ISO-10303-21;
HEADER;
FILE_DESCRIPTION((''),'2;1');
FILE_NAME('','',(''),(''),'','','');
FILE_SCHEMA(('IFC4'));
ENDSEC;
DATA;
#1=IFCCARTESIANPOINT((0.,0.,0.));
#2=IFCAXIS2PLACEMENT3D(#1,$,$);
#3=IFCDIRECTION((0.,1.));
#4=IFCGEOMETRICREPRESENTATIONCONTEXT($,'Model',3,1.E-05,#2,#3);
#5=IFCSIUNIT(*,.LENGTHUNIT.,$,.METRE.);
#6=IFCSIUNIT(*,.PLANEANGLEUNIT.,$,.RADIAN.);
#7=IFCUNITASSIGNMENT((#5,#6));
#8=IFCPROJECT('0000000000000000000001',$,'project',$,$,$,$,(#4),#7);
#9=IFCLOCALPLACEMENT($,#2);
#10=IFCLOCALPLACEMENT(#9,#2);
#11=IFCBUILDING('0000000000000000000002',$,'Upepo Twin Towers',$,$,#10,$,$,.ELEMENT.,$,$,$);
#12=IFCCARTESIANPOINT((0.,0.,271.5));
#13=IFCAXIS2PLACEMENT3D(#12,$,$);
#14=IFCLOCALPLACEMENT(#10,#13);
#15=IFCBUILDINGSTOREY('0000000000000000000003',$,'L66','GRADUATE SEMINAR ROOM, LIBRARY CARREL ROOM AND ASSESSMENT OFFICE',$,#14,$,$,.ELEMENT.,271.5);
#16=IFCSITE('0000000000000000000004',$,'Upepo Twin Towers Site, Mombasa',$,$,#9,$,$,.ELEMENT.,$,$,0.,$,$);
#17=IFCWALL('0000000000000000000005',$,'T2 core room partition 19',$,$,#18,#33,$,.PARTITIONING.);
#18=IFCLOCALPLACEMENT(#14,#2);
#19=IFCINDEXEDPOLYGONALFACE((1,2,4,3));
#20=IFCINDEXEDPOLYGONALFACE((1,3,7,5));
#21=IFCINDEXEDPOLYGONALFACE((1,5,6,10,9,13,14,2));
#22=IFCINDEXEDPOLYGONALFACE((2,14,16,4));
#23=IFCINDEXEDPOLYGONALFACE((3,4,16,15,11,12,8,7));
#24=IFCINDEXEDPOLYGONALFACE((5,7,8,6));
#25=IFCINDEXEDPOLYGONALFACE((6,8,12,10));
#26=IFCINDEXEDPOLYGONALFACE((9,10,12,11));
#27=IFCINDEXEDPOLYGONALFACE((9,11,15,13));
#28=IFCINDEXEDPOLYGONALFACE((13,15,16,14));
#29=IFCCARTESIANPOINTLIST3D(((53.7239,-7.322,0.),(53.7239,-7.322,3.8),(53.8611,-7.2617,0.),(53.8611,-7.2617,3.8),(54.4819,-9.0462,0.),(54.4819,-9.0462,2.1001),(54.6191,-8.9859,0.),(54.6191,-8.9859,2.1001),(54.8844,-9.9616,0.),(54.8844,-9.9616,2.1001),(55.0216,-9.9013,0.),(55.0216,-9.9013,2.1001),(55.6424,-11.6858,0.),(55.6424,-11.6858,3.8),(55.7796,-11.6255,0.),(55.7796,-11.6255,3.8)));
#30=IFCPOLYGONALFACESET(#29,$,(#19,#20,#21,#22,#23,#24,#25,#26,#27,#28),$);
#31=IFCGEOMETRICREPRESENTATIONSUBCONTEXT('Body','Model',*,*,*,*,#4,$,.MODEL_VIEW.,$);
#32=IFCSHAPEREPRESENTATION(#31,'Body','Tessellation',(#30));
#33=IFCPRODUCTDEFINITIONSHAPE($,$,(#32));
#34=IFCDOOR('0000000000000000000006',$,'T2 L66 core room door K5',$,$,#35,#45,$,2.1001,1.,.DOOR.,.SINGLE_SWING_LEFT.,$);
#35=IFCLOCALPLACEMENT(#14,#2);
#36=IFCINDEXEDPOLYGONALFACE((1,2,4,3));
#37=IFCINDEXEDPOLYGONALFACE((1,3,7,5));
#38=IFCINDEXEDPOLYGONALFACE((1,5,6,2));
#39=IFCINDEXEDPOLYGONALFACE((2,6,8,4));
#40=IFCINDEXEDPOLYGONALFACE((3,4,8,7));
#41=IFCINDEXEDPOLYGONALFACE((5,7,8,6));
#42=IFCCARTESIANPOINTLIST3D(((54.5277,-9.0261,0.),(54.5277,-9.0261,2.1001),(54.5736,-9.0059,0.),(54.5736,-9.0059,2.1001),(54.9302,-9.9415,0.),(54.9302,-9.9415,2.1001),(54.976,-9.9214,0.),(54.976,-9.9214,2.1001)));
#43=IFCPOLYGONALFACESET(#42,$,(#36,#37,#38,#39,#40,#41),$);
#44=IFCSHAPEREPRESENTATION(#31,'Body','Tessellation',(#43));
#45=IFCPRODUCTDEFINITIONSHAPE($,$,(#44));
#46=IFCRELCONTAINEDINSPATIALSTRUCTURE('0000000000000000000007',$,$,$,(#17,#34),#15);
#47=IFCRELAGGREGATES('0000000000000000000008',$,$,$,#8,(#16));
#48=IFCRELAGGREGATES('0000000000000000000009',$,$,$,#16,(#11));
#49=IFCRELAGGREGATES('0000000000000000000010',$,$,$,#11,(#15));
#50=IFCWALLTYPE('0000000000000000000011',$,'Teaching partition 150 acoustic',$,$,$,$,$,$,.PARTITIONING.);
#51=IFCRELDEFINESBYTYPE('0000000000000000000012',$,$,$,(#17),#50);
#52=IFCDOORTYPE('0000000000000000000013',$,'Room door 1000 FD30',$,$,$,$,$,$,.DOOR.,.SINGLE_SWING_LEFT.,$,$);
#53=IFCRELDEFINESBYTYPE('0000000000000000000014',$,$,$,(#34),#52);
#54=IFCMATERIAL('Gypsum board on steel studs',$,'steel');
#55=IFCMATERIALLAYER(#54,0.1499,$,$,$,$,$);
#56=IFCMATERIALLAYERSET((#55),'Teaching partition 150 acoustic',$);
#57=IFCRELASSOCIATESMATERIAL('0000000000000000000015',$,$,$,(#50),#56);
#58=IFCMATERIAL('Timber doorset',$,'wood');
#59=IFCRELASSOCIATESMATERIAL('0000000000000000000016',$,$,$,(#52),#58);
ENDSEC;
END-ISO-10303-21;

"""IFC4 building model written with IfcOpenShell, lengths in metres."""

from ifc_helpers import new_model, si_unit, direction, frame, frame_2d, origin, place, context, subcontext, project, spatial, rectangle, extrude, material, layer, layer_set, type_object, element, fill, save


model = new_model("IFC4")

# Units and contexts
model_context = context("Model", 3, precision=1e-05, world=origin(), true_north=direction((0.0, 1.0)))
body_context = subcontext(model_context, "Body", "Model", "MODEL_VIEW")
ifc_project = project(units=[si_unit("LENGTHUNIT", "METRE"), si_unit("PLANEANGLEUNIT", "RADIAN")], contexts=[model_context])

# Site, building, storey
site_placement = place(None, origin())
site = spatial("IfcSite", under=ifc_project, at=site_placement, Name="Upepo Twin Towers Site, Mombasa", CompositionType="ELEMENT", RefElevation=0.0)
building_placement = place(site_placement, origin())
building = spatial("IfcBuilding", under=site, at=building_placement, Name="Upepo Twin Towers", CompositionType="ELEMENT")
storey_placement = place(building_placement, frame((0.0, 0.0, 271.5)))
storey = spatial("IfcBuildingStorey", under=building, at=storey_placement, Name="L66", Description="GRADUATE SEMINAR ROOM, LIBRARY CARREL ROOM AND ASSESSMENT OFFICE", CompositionType="ELEMENT", Elevation=271.5)

# Shared definitions
ifc_material_1 = material(Name="Gypsum board on steel studs", Category="steel")
ifc_layer_1 = layer(ifc_material_1, 0.1499)
ifc_layer_set_1 = layer_set([ifc_layer_1], Name="Teaching partition 150 acoustic")
wall_type_1 = type_object("IfcWallType", Name="Teaching partition 150 acoustic", PredefinedType="PARTITIONING", material=ifc_layer_set_1)

# Wall, opening, door
wall_1_placement = place(storey_placement, frame((55.7109, -11.6555, 0.0), z_axis=(0.0, 0.0, 1.0), x_axis=(-0.402457, 0.915439, 0.0)))
wall_1 = element("IfcWall", 1, at=wall_1_placement, inside=storey, type_object=wall_type_1, Name="T2 core room partition 19", PredefinedType="PARTITIONING", context=body_context, shape_type="SweptSolid", body=[
    extrude(rectangle(XDim=4.7668, YDim=0.1499, at=frame_2d((2.3833, 0.0))), origin(), (0.0, 0.0, 1.0), 3.8),
])
opening_1_placement = place(wall_1_placement, frame((1.8833, 0.0, 0.0)))
opening_1 = element("IfcOpeningElement", 2, at=opening_1_placement, cuts=wall_1, PredefinedType="OPENING", context=body_context, shape_type="SweptSolid", body=[
    extrude(rectangle(XDim=1.0, YDim=2.1001, at=frame_2d((0.5, 1.05))), frame((0.0, 0.085, 0.0), z_axis=(0.0, -1.0, 0.0), x_axis=(1.0, 0.0, 0.0)), (0.0, 0.0, 1.0), 0.1699),
])
ifc_material_2 = material(Name="Timber doorset", Category="wood")
door_type_1 = type_object("IfcDoorType", Name="Room door 1000 FD30", OperationType="SINGLE_SWING_LEFT", PredefinedType="DOOR", material=ifc_material_2)
door_1_placement = place(opening_1_placement, origin())
door_1 = element("IfcDoor", 3, at=door_1_placement, inside=storey, type_object=door_type_1, Name="T2 L66 core room door K5", OperationType="SINGLE_SWING_LEFT", OverallHeight=2.1001, OverallWidth=1.0, PredefinedType="DOOR", context=body_context, shape_type="SweptSolid", body=[
    extrude(rectangle(XDim=1.0, YDim=2.1001, at=frame_2d((0.5, 1.05))), frame((0.0, 0.0249, 0.0), z_axis=(0.0, -1.0, 0.0), x_axis=(1.0, 0.0, 0.0)), (0.0, 0.0, 1.0), 0.05),
])
fill(opening_1, door_1)

save(model, "model.ifc")
